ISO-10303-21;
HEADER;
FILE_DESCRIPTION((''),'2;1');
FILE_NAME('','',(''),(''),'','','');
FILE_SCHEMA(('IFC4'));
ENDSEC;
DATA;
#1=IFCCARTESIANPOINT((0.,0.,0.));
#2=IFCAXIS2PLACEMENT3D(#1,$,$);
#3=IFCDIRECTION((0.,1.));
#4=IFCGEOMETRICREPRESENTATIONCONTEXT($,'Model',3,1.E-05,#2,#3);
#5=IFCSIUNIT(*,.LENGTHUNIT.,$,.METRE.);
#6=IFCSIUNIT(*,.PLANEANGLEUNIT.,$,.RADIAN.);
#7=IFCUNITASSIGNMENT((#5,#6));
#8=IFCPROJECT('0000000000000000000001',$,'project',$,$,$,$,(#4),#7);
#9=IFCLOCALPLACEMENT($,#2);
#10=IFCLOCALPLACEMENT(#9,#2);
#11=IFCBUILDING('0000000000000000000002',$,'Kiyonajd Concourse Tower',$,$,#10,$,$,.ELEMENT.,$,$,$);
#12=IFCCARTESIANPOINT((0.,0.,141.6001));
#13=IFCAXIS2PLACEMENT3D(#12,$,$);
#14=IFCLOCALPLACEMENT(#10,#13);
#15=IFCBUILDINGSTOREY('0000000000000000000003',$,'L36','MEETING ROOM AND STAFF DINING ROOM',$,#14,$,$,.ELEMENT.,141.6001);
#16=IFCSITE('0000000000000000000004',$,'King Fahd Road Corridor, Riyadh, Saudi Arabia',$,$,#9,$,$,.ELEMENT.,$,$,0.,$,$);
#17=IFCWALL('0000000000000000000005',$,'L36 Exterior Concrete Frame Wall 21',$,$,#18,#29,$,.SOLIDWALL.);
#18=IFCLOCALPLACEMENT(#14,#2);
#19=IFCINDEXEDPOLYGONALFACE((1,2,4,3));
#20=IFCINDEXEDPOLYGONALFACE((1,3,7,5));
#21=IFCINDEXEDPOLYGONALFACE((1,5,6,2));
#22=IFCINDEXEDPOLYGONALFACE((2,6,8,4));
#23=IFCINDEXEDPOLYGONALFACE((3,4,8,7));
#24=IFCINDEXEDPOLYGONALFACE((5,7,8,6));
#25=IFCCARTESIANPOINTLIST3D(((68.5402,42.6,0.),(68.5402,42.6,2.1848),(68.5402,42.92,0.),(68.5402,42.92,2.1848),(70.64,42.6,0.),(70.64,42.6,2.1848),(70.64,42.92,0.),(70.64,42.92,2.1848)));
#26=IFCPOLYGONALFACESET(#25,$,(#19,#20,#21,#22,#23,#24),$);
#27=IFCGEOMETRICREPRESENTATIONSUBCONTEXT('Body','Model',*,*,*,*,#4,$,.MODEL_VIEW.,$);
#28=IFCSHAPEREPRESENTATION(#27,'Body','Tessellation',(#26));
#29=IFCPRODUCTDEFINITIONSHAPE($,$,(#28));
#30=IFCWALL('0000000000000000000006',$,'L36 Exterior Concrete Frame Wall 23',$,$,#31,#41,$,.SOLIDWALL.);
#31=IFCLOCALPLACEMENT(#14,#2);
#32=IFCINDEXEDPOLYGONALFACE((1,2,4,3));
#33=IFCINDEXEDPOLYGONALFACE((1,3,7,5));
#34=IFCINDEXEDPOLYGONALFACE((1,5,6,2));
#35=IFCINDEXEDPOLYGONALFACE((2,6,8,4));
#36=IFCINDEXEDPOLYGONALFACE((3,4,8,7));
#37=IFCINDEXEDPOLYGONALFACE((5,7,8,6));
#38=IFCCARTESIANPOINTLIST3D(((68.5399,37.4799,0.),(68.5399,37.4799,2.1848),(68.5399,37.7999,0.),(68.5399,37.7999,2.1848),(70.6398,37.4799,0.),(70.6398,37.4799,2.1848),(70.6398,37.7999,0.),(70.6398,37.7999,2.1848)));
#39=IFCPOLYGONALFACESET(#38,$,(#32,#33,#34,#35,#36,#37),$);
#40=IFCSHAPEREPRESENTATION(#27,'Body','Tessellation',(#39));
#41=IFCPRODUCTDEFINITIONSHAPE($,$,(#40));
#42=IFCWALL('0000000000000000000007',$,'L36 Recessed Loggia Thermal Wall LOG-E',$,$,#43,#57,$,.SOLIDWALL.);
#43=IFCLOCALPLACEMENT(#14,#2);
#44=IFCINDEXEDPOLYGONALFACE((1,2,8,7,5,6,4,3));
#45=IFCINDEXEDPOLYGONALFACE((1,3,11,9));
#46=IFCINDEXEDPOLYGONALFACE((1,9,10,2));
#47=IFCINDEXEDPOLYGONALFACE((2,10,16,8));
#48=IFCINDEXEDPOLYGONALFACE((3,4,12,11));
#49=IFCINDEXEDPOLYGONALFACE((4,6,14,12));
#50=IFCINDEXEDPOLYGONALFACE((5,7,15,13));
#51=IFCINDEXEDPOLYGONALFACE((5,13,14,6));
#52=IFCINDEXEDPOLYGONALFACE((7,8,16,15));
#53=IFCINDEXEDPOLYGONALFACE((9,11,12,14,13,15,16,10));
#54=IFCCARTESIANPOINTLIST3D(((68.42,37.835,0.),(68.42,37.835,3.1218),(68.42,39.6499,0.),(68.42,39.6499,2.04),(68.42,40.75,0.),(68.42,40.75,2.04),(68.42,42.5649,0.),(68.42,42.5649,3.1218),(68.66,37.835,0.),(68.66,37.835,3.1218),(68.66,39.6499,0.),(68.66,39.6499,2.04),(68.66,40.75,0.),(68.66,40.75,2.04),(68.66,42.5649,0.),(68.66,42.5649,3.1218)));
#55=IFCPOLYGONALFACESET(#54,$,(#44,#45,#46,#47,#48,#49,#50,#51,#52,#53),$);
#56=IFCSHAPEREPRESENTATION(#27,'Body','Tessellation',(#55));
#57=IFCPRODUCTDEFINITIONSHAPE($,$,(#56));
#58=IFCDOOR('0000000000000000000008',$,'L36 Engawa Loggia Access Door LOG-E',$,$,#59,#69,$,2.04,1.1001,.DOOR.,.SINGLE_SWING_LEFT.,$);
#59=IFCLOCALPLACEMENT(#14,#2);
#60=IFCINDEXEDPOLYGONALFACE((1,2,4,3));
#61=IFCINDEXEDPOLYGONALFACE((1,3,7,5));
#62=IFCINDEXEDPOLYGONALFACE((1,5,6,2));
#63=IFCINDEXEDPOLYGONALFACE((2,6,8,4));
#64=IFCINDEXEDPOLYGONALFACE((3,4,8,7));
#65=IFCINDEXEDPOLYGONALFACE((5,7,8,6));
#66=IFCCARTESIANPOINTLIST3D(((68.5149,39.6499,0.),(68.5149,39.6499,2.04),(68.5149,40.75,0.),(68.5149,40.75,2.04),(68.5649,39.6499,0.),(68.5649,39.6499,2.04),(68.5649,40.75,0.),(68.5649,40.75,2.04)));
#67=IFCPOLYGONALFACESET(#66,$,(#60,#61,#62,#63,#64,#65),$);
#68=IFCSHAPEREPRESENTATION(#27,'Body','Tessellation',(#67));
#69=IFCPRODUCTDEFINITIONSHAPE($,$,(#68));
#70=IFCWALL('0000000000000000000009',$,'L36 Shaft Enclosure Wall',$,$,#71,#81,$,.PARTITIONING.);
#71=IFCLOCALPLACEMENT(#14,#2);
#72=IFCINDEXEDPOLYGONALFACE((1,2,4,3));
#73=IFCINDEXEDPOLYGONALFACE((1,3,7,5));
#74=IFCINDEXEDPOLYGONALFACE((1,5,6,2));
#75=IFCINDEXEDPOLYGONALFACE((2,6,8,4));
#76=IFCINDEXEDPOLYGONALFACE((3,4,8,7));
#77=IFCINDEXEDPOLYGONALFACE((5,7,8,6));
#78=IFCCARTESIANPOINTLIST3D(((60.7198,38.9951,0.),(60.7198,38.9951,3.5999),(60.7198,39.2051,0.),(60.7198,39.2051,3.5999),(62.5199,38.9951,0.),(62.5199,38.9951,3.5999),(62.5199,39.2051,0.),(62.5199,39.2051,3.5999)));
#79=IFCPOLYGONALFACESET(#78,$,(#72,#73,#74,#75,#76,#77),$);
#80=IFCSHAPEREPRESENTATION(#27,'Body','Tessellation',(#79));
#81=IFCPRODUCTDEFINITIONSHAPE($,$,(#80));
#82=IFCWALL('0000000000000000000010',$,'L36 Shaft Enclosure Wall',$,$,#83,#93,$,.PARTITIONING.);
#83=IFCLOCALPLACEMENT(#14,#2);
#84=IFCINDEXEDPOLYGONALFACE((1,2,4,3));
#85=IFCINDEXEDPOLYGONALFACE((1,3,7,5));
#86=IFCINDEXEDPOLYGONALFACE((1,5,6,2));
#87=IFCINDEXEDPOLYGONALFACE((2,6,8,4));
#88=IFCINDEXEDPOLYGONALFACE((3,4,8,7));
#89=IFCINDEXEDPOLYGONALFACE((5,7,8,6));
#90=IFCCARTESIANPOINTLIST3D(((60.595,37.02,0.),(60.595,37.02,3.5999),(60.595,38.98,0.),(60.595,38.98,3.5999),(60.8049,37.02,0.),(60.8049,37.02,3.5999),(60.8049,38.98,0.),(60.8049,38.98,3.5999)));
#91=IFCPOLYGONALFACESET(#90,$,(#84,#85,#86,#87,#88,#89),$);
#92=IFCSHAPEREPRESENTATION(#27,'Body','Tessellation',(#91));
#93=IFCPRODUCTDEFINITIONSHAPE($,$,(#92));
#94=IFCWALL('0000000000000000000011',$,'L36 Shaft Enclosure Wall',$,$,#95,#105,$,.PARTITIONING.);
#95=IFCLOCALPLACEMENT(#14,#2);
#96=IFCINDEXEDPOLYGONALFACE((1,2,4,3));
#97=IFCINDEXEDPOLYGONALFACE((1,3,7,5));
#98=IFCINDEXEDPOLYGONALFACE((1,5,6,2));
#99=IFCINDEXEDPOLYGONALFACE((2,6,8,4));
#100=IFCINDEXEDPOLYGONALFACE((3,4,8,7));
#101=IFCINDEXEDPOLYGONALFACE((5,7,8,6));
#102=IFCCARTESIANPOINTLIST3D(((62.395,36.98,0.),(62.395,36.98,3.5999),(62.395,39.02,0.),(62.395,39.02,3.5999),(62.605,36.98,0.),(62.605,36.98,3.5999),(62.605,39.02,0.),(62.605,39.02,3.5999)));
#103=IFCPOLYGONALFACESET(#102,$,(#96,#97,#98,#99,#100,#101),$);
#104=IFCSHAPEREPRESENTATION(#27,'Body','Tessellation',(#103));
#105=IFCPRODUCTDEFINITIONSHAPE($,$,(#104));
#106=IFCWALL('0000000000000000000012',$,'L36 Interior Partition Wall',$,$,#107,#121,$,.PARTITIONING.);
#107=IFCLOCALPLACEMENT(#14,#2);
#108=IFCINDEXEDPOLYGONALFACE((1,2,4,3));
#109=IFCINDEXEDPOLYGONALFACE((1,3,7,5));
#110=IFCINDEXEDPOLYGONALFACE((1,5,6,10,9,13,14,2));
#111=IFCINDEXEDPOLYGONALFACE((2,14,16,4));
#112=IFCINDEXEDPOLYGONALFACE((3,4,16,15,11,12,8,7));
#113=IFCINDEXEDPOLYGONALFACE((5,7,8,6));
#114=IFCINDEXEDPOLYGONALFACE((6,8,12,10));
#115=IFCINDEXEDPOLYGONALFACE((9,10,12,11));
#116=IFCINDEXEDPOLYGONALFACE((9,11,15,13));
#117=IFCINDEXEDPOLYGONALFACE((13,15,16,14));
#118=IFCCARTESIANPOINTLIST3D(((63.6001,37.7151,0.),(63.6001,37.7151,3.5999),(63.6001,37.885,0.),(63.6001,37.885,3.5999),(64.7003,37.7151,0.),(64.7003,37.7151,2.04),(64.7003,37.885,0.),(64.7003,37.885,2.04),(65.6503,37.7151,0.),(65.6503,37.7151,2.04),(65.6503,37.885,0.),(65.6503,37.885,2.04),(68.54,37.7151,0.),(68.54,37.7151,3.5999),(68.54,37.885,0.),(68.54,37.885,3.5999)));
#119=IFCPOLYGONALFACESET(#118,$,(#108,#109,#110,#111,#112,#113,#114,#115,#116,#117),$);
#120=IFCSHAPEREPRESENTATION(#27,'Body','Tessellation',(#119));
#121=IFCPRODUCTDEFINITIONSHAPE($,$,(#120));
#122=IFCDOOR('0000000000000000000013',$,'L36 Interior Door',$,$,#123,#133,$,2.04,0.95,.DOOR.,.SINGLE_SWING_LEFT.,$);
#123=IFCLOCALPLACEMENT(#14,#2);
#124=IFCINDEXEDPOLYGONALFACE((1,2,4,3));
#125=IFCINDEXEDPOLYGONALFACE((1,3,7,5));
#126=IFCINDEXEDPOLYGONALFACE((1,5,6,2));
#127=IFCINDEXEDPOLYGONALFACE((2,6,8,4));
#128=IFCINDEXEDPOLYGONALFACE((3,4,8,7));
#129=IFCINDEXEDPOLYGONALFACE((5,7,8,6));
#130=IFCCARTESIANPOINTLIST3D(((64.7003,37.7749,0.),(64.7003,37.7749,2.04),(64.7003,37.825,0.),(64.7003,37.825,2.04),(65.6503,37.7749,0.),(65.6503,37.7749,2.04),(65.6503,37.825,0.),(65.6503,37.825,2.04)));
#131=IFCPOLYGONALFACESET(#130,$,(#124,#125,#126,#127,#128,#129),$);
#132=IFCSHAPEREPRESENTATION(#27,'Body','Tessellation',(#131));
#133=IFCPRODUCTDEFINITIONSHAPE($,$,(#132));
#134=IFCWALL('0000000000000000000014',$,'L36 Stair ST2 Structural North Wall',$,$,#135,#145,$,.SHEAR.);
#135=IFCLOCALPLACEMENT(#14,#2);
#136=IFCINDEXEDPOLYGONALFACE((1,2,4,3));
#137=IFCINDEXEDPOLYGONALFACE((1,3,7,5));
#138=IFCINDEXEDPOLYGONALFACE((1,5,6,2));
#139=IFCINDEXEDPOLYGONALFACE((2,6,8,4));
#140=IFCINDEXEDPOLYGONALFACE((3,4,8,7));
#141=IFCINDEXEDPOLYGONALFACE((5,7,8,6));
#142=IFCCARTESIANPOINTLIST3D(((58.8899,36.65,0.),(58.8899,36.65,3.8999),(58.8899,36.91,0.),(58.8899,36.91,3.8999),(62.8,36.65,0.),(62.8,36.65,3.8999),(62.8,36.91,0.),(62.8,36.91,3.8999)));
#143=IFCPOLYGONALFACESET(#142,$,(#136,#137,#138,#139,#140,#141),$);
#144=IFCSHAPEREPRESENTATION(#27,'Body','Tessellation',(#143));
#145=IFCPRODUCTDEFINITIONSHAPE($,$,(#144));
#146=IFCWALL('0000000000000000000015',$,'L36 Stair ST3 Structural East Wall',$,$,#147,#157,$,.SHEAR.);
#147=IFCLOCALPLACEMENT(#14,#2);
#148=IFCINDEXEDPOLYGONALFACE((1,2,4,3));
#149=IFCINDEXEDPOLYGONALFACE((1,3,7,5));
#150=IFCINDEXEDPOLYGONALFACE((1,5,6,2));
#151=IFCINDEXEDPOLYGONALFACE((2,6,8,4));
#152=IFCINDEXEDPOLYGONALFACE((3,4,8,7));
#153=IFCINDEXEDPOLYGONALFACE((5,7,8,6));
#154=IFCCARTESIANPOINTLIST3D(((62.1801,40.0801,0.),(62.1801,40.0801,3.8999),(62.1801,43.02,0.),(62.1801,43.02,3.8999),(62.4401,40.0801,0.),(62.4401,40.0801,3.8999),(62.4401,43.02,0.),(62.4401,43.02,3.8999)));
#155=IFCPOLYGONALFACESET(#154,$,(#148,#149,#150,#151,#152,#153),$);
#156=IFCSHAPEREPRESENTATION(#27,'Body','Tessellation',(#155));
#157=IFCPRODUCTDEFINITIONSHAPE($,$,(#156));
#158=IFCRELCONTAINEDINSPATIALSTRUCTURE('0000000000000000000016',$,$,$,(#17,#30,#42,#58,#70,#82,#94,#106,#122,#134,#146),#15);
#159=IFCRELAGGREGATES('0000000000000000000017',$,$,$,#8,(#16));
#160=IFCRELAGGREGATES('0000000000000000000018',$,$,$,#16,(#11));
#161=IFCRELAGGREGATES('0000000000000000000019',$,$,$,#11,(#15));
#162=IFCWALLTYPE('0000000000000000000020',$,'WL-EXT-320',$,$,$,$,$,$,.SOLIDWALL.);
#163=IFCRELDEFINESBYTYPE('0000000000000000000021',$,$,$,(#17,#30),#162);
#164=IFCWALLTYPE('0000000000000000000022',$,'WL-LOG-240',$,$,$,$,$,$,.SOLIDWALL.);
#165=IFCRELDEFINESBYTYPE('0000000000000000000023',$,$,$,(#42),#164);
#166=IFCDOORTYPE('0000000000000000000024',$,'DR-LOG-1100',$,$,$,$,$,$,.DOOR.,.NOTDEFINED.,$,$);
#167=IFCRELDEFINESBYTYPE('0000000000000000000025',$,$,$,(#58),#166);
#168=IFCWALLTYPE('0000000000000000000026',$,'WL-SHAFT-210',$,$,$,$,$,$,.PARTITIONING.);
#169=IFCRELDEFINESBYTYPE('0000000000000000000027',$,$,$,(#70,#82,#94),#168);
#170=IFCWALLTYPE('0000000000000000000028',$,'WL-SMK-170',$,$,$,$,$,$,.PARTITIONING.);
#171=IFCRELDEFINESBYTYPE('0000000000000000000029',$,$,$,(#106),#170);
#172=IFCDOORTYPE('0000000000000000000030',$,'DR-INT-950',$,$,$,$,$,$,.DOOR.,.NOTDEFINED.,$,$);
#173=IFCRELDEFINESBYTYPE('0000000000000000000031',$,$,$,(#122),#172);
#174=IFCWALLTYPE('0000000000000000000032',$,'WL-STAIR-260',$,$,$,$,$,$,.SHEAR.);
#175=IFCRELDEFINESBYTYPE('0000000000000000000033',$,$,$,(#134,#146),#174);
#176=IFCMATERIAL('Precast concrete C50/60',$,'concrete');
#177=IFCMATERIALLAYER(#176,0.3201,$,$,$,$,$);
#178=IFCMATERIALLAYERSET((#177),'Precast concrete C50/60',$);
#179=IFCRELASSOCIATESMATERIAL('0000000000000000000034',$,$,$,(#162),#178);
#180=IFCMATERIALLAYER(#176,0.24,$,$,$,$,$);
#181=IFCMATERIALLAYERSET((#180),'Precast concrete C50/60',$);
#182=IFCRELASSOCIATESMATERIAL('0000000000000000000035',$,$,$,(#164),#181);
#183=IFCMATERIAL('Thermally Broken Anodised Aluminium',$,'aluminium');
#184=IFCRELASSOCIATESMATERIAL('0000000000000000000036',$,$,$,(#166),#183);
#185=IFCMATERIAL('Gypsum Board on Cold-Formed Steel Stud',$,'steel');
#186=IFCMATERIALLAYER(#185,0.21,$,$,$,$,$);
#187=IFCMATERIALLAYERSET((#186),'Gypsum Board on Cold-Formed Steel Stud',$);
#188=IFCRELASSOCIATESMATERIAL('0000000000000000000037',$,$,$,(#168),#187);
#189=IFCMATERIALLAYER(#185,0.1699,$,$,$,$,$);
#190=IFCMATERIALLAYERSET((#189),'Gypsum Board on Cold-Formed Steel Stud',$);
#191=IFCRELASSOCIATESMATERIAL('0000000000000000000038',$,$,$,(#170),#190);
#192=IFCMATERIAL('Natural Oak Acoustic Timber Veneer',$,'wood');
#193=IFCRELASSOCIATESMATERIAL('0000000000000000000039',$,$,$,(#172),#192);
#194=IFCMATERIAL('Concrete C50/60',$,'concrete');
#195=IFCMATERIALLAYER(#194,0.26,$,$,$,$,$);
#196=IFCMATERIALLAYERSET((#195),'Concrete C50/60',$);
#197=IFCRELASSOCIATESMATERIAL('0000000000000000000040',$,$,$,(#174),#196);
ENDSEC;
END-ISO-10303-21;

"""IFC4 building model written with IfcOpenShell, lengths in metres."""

from ifc_helpers import new_model, si_unit, direction, frame, frame_2d, origin, place, context, subcontext, project, spatial, rectangle, extrude, material, layer, layer_set, type_object, element, fill, save


model = new_model("IFC4")

# Units and contexts
model_context = context("Model", 3, precision=1e-05, world=origin(), true_north=direction((0.0, 1.0)))
body_context = subcontext(model_context, "Body", "Model", "MODEL_VIEW")
ifc_project = project(units=[si_unit("LENGTHUNIT", "METRE"), si_unit("PLANEANGLEUNIT", "RADIAN")], contexts=[model_context])

# Site, building, storey
site_placement = place(None, origin())
site = spatial("IfcSite", under=ifc_project, at=site_placement, Name="King Fahd Road Corridor, Riyadh, Saudi Arabia", CompositionType="ELEMENT", RefElevation=0.0)
building_placement = place(site_placement, origin())
building = spatial("IfcBuilding", under=site, at=building_placement, Name="Kiyonajd Concourse Tower", CompositionType="ELEMENT")
storey_placement = place(building_placement, frame((0.0, 0.0, 141.6001)))
storey = spatial("IfcBuildingStorey", under=building, at=storey_placement, Name="L36", Description="MEETING ROOM AND STAFF DINING ROOM", CompositionType="ELEMENT", Elevation=141.6001)

# Shared definitions
ifc_material_1 = material(Name="Thermally Broken Anodised Aluminium", Category="aluminium")

# Walls
ifc_material_2 = material(Name="Precast concrete C50/60", Category="concrete")
ifc_layer_1 = layer(ifc_material_2, 0.3201)
ifc_layer_set_1 = layer_set([ifc_layer_1], Name="Precast concrete C50/60")
wall_type_1 = type_object("IfcWallType", Name="WL-EXT-320", PredefinedType="SOLIDWALL", material=ifc_layer_set_1)
for number, where, z_axis, x_axis, name in (
    (1, (70.6399, 42.76, 0.0), (0.0, 0.0, 1.0), (-1.0, 0.0, 0.0), "L36 Exterior Concrete Frame Wall 21"),
    (2, (68.54, 37.6399, 0.0), (0.0, 0.0, 1.0), (1.0, 0.0, 0.0), "L36 Exterior Concrete Frame Wall 23"),
):
    element("IfcWall", number, at=place(storey_placement, frame(where, z_axis=z_axis, x_axis=x_axis)), inside=storey, type_object=wall_type_1, Name=name, PredefinedType="SOLIDWALL", context=body_context, shape_type="SweptSolid", body=[
        extrude(rectangle(XDim=2.0999, YDim=0.3201, at=frame_2d((1.0498, 0.0))), origin(), (0.0, 0.0, 1.0), 2.1848),
    ])

# Wall, opening, door
ifc_layer_2 = layer(ifc_material_2, 0.24)
ifc_layer_set_2 = layer_set([ifc_layer_2], Name="Precast concrete C50/60")
wall_type_2 = type_object("IfcWallType", Name="WL-LOG-240", PredefinedType="SOLIDWALL", material=ifc_layer_set_2)
wall_1_placement = place(storey_placement, frame((68.54, 42.5649, 0.0), z_axis=(0.0, 0.0, 1.0), x_axis=(0.0, -1.0, 0.0)))
wall_1 = element("IfcWall", 3, at=wall_1_placement, inside=storey, type_object=wall_type_2, Name="L36 Recessed Loggia Thermal Wall LOG-E", PredefinedType="SOLIDWALL", context=body_context, shape_type="SweptSolid", body=[
    extrude(rectangle(XDim=4.73, YDim=0.24, at=frame_2d((2.365, 0.0))), origin(), (0.0, 0.0, 1.0), 3.1218),
])
opening_1_placement = place(wall_1_placement, frame((1.8149, 0.0, 0.0)))
opening_1 = element("IfcOpeningElement", 4, at=opening_1_placement, cuts=wall_1, PredefinedType="OPENING", context=body_context, shape_type="SweptSolid", body=[
    extrude(rectangle(XDim=1.1001, YDim=2.04, at=frame_2d((0.55, 1.02))), frame((0.0, 0.1299, 0.0), z_axis=(0.0, -1.0, 0.0), x_axis=(1.0, 0.0, 0.0)), (0.0, 0.0, 1.0), 0.26),
])
door_type_1 = type_object("IfcDoorType", Name="DR-LOG-1100", OperationType="NOTDEFINED", PredefinedType="DOOR", material=ifc_material_1)
door_1_placement = place(opening_1_placement, origin())
door_1 = element("IfcDoor", 5, at=door_1_placement, inside=storey, type_object=door_type_1, Name="L36 Engawa Loggia Access Door LOG-E", OperationType="SINGLE_SWING_LEFT", OverallHeight=2.04, OverallWidth=1.1001, PredefinedType="DOOR", context=body_context, shape_type="SweptSolid", body=[
    extrude(rectangle(XDim=1.1001, YDim=2.04, at=frame_2d((0.55, 1.02))), frame((0.0, 0.0249, 0.0), z_axis=(0.0, -1.0, 0.0), x_axis=(1.0, 0.0, 0.0)), (0.0, 0.0, 1.0), 0.05),
])
fill(opening_1, door_1)

# Walls
ifc_material_3 = material(Name="Gypsum Board on Cold-Formed Steel Stud", Category="steel")
ifc_layer_3 = layer(ifc_material_3, 0.21)
ifc_layer_set_3 = layer_set([ifc_layer_3], Name="Gypsum Board on Cold-Formed Steel Stud")
wall_type_3 = type_object("IfcWallType", Name="WL-SHAFT-210", PredefinedType="PARTITIONING", material=ifc_layer_set_3)
wall_2_placement = place(storey_placement, frame((60.72, 39.1001, 0.0), z_axis=(0.0, 0.0, 1.0), x_axis=(1.0, 0.0, 0.0)))
element("IfcWall", 6, at=wall_2_placement, inside=storey, type_object=wall_type_3, Name="L36 Shaft Enclosure Wall", PredefinedType="PARTITIONING", context=body_context, shape_type="SweptSolid", body=[
    extrude(rectangle(XDim=1.8, YDim=0.21, at=frame_2d((0.8999, 0.0))), origin(), (0.0, 0.0, 1.0), 3.5999),
])
wall_3_placement = place(storey_placement, frame((60.7, 37.02, 0.0), z_axis=(0.0, 0.0, 1.0), x_axis=(0.0, 1.0, 0.0)))
element("IfcWall", 7, at=wall_3_placement, inside=storey, type_object=wall_type_3, Name="L36 Shaft Enclosure Wall", PredefinedType="PARTITIONING", context=body_context, shape_type="SweptSolid", body=[
    extrude(rectangle(XDim=1.96, YDim=0.21, at=frame_2d((0.98, 0.0))), origin(), (0.0, 0.0, 1.0), 3.5999),
])
wall_4_placement = place(storey_placement, frame((62.5, 36.98, 0.0), z_axis=(0.0, 0.0, 1.0), x_axis=(0.0, 1.0, 0.0)))
element("IfcWall", 8, at=wall_4_placement, inside=storey, type_object=wall_type_3, Name="L36 Shaft Enclosure Wall", PredefinedType="PARTITIONING", context=body_context, shape_type="SweptSolid", body=[
    extrude(rectangle(XDim=2.04, YDim=0.21, at=frame_2d((1.02, 0.0))), origin(), (0.0, 0.0, 1.0), 3.5999),
])

# Wall, opening, door
ifc_layer_4 = layer(ifc_material_3, 0.1699)
ifc_layer_set_4 = layer_set([ifc_layer_4], Name="Gypsum Board on Cold-Formed Steel Stud")
wall_type_4 = type_object("IfcWallType", Name="WL-SMK-170", PredefinedType="PARTITIONING", material=ifc_layer_set_4)
wall_5_placement = place(storey_placement, frame((63.6001, 37.8, 0.0), z_axis=(0.0, 0.0, 1.0), x_axis=(1.0, 0.0, 0.0)))
wall_5 = element("IfcWall", 9, at=wall_5_placement, inside=storey, type_object=wall_type_4, Name="L36 Interior Partition Wall", PredefinedType="PARTITIONING", context=body_context, shape_type="SweptSolid", body=[
    extrude(rectangle(XDim=4.9399, YDim=0.1699, at=frame_2d((2.47, 0.0))), origin(), (0.0, 0.0, 1.0), 3.5999),
])
opening_2_placement = place(wall_5_placement, frame((1.1001, 0.0, 0.0)))
opening_2 = element("IfcOpeningElement", 10, at=opening_2_placement, cuts=wall_5, PredefinedType="OPENING", context=body_context, shape_type="SweptSolid", body=[
    extrude(rectangle(XDim=0.95, YDim=2.04, at=frame_2d((0.4751, 1.02))), frame((0.0, 0.095, 0.0), z_axis=(0.0, -1.0, 0.0), x_axis=(1.0, 0.0, 0.0)), (0.0, 0.0, 1.0), 0.1899),
])
ifc_material_4 = material(Name="Natural Oak Acoustic Timber Veneer", Category="wood")
door_type_2 = type_object("IfcDoorType", Name="DR-INT-950", OperationType="NOTDEFINED", PredefinedType="DOOR", material=ifc_material_4)
door_2_placement = place(opening_2_placement, origin())
door_2 = element("IfcDoor", 11, at=door_2_placement, inside=storey, type_object=door_type_2, Name="L36 Interior Door", OperationType="SINGLE_SWING_LEFT", OverallHeight=2.04, OverallWidth=0.95, PredefinedType="DOOR", context=body_context, shape_type="SweptSolid", body=[
    extrude(rectangle(XDim=0.95, YDim=2.04, at=frame_2d((0.4751, 1.02))), frame((0.0, 0.0249, 0.0), z_axis=(0.0, -1.0, 0.0), x_axis=(1.0, 0.0, 0.0)), (0.0, 0.0, 1.0), 0.05),
])
fill(opening_2, door_2)

# Walls
ifc_material_5 = material(Name="Concrete C50/60", Category="concrete")
ifc_layer_5 = layer(ifc_material_5, 0.26)
ifc_layer_set_5 = layer_set([ifc_layer_5], Name="Concrete C50/60")
wall_type_5 = type_object("IfcWallType", Name="WL-STAIR-260", PredefinedType="SHEAR", material=ifc_layer_set_5)
wall_6_placement = place(storey_placement, frame((58.8899, 36.78, 0.0), z_axis=(0.0, 0.0, 1.0), x_axis=(1.0, 0.0, 0.0)))
element("IfcWall", 12, at=wall_6_placement, inside=storey, type_object=wall_type_5, Name="L36 Stair ST2 Structural North Wall", PredefinedType="SHEAR", context=body_context, shape_type="SweptSolid", body=[
    extrude(rectangle(XDim=3.9102, YDim=0.26, at=frame_2d((1.9551, 0.0))), origin(), (0.0, 0.0, 1.0), 3.8999),
])
wall_7_placement = place(storey_placement, frame((62.3101, 40.0801, 0.0), z_axis=(0.0, 0.0, 1.0), x_axis=(0.0, 1.0, 0.0)))
element("IfcWall", 13, at=wall_7_placement, inside=storey, type_object=wall_type_5, Name="L36 Stair ST3 Structural East Wall", PredefinedType="SHEAR", context=body_context, shape_type="SweptSolid", body=[
    extrude(rectangle(XDim=2.9399, YDim=0.26, at=frame_2d((1.47, 0.0))), origin(), (0.0, 0.0, 1.0), 3.8999),
])

save(model, "model.ifc")
